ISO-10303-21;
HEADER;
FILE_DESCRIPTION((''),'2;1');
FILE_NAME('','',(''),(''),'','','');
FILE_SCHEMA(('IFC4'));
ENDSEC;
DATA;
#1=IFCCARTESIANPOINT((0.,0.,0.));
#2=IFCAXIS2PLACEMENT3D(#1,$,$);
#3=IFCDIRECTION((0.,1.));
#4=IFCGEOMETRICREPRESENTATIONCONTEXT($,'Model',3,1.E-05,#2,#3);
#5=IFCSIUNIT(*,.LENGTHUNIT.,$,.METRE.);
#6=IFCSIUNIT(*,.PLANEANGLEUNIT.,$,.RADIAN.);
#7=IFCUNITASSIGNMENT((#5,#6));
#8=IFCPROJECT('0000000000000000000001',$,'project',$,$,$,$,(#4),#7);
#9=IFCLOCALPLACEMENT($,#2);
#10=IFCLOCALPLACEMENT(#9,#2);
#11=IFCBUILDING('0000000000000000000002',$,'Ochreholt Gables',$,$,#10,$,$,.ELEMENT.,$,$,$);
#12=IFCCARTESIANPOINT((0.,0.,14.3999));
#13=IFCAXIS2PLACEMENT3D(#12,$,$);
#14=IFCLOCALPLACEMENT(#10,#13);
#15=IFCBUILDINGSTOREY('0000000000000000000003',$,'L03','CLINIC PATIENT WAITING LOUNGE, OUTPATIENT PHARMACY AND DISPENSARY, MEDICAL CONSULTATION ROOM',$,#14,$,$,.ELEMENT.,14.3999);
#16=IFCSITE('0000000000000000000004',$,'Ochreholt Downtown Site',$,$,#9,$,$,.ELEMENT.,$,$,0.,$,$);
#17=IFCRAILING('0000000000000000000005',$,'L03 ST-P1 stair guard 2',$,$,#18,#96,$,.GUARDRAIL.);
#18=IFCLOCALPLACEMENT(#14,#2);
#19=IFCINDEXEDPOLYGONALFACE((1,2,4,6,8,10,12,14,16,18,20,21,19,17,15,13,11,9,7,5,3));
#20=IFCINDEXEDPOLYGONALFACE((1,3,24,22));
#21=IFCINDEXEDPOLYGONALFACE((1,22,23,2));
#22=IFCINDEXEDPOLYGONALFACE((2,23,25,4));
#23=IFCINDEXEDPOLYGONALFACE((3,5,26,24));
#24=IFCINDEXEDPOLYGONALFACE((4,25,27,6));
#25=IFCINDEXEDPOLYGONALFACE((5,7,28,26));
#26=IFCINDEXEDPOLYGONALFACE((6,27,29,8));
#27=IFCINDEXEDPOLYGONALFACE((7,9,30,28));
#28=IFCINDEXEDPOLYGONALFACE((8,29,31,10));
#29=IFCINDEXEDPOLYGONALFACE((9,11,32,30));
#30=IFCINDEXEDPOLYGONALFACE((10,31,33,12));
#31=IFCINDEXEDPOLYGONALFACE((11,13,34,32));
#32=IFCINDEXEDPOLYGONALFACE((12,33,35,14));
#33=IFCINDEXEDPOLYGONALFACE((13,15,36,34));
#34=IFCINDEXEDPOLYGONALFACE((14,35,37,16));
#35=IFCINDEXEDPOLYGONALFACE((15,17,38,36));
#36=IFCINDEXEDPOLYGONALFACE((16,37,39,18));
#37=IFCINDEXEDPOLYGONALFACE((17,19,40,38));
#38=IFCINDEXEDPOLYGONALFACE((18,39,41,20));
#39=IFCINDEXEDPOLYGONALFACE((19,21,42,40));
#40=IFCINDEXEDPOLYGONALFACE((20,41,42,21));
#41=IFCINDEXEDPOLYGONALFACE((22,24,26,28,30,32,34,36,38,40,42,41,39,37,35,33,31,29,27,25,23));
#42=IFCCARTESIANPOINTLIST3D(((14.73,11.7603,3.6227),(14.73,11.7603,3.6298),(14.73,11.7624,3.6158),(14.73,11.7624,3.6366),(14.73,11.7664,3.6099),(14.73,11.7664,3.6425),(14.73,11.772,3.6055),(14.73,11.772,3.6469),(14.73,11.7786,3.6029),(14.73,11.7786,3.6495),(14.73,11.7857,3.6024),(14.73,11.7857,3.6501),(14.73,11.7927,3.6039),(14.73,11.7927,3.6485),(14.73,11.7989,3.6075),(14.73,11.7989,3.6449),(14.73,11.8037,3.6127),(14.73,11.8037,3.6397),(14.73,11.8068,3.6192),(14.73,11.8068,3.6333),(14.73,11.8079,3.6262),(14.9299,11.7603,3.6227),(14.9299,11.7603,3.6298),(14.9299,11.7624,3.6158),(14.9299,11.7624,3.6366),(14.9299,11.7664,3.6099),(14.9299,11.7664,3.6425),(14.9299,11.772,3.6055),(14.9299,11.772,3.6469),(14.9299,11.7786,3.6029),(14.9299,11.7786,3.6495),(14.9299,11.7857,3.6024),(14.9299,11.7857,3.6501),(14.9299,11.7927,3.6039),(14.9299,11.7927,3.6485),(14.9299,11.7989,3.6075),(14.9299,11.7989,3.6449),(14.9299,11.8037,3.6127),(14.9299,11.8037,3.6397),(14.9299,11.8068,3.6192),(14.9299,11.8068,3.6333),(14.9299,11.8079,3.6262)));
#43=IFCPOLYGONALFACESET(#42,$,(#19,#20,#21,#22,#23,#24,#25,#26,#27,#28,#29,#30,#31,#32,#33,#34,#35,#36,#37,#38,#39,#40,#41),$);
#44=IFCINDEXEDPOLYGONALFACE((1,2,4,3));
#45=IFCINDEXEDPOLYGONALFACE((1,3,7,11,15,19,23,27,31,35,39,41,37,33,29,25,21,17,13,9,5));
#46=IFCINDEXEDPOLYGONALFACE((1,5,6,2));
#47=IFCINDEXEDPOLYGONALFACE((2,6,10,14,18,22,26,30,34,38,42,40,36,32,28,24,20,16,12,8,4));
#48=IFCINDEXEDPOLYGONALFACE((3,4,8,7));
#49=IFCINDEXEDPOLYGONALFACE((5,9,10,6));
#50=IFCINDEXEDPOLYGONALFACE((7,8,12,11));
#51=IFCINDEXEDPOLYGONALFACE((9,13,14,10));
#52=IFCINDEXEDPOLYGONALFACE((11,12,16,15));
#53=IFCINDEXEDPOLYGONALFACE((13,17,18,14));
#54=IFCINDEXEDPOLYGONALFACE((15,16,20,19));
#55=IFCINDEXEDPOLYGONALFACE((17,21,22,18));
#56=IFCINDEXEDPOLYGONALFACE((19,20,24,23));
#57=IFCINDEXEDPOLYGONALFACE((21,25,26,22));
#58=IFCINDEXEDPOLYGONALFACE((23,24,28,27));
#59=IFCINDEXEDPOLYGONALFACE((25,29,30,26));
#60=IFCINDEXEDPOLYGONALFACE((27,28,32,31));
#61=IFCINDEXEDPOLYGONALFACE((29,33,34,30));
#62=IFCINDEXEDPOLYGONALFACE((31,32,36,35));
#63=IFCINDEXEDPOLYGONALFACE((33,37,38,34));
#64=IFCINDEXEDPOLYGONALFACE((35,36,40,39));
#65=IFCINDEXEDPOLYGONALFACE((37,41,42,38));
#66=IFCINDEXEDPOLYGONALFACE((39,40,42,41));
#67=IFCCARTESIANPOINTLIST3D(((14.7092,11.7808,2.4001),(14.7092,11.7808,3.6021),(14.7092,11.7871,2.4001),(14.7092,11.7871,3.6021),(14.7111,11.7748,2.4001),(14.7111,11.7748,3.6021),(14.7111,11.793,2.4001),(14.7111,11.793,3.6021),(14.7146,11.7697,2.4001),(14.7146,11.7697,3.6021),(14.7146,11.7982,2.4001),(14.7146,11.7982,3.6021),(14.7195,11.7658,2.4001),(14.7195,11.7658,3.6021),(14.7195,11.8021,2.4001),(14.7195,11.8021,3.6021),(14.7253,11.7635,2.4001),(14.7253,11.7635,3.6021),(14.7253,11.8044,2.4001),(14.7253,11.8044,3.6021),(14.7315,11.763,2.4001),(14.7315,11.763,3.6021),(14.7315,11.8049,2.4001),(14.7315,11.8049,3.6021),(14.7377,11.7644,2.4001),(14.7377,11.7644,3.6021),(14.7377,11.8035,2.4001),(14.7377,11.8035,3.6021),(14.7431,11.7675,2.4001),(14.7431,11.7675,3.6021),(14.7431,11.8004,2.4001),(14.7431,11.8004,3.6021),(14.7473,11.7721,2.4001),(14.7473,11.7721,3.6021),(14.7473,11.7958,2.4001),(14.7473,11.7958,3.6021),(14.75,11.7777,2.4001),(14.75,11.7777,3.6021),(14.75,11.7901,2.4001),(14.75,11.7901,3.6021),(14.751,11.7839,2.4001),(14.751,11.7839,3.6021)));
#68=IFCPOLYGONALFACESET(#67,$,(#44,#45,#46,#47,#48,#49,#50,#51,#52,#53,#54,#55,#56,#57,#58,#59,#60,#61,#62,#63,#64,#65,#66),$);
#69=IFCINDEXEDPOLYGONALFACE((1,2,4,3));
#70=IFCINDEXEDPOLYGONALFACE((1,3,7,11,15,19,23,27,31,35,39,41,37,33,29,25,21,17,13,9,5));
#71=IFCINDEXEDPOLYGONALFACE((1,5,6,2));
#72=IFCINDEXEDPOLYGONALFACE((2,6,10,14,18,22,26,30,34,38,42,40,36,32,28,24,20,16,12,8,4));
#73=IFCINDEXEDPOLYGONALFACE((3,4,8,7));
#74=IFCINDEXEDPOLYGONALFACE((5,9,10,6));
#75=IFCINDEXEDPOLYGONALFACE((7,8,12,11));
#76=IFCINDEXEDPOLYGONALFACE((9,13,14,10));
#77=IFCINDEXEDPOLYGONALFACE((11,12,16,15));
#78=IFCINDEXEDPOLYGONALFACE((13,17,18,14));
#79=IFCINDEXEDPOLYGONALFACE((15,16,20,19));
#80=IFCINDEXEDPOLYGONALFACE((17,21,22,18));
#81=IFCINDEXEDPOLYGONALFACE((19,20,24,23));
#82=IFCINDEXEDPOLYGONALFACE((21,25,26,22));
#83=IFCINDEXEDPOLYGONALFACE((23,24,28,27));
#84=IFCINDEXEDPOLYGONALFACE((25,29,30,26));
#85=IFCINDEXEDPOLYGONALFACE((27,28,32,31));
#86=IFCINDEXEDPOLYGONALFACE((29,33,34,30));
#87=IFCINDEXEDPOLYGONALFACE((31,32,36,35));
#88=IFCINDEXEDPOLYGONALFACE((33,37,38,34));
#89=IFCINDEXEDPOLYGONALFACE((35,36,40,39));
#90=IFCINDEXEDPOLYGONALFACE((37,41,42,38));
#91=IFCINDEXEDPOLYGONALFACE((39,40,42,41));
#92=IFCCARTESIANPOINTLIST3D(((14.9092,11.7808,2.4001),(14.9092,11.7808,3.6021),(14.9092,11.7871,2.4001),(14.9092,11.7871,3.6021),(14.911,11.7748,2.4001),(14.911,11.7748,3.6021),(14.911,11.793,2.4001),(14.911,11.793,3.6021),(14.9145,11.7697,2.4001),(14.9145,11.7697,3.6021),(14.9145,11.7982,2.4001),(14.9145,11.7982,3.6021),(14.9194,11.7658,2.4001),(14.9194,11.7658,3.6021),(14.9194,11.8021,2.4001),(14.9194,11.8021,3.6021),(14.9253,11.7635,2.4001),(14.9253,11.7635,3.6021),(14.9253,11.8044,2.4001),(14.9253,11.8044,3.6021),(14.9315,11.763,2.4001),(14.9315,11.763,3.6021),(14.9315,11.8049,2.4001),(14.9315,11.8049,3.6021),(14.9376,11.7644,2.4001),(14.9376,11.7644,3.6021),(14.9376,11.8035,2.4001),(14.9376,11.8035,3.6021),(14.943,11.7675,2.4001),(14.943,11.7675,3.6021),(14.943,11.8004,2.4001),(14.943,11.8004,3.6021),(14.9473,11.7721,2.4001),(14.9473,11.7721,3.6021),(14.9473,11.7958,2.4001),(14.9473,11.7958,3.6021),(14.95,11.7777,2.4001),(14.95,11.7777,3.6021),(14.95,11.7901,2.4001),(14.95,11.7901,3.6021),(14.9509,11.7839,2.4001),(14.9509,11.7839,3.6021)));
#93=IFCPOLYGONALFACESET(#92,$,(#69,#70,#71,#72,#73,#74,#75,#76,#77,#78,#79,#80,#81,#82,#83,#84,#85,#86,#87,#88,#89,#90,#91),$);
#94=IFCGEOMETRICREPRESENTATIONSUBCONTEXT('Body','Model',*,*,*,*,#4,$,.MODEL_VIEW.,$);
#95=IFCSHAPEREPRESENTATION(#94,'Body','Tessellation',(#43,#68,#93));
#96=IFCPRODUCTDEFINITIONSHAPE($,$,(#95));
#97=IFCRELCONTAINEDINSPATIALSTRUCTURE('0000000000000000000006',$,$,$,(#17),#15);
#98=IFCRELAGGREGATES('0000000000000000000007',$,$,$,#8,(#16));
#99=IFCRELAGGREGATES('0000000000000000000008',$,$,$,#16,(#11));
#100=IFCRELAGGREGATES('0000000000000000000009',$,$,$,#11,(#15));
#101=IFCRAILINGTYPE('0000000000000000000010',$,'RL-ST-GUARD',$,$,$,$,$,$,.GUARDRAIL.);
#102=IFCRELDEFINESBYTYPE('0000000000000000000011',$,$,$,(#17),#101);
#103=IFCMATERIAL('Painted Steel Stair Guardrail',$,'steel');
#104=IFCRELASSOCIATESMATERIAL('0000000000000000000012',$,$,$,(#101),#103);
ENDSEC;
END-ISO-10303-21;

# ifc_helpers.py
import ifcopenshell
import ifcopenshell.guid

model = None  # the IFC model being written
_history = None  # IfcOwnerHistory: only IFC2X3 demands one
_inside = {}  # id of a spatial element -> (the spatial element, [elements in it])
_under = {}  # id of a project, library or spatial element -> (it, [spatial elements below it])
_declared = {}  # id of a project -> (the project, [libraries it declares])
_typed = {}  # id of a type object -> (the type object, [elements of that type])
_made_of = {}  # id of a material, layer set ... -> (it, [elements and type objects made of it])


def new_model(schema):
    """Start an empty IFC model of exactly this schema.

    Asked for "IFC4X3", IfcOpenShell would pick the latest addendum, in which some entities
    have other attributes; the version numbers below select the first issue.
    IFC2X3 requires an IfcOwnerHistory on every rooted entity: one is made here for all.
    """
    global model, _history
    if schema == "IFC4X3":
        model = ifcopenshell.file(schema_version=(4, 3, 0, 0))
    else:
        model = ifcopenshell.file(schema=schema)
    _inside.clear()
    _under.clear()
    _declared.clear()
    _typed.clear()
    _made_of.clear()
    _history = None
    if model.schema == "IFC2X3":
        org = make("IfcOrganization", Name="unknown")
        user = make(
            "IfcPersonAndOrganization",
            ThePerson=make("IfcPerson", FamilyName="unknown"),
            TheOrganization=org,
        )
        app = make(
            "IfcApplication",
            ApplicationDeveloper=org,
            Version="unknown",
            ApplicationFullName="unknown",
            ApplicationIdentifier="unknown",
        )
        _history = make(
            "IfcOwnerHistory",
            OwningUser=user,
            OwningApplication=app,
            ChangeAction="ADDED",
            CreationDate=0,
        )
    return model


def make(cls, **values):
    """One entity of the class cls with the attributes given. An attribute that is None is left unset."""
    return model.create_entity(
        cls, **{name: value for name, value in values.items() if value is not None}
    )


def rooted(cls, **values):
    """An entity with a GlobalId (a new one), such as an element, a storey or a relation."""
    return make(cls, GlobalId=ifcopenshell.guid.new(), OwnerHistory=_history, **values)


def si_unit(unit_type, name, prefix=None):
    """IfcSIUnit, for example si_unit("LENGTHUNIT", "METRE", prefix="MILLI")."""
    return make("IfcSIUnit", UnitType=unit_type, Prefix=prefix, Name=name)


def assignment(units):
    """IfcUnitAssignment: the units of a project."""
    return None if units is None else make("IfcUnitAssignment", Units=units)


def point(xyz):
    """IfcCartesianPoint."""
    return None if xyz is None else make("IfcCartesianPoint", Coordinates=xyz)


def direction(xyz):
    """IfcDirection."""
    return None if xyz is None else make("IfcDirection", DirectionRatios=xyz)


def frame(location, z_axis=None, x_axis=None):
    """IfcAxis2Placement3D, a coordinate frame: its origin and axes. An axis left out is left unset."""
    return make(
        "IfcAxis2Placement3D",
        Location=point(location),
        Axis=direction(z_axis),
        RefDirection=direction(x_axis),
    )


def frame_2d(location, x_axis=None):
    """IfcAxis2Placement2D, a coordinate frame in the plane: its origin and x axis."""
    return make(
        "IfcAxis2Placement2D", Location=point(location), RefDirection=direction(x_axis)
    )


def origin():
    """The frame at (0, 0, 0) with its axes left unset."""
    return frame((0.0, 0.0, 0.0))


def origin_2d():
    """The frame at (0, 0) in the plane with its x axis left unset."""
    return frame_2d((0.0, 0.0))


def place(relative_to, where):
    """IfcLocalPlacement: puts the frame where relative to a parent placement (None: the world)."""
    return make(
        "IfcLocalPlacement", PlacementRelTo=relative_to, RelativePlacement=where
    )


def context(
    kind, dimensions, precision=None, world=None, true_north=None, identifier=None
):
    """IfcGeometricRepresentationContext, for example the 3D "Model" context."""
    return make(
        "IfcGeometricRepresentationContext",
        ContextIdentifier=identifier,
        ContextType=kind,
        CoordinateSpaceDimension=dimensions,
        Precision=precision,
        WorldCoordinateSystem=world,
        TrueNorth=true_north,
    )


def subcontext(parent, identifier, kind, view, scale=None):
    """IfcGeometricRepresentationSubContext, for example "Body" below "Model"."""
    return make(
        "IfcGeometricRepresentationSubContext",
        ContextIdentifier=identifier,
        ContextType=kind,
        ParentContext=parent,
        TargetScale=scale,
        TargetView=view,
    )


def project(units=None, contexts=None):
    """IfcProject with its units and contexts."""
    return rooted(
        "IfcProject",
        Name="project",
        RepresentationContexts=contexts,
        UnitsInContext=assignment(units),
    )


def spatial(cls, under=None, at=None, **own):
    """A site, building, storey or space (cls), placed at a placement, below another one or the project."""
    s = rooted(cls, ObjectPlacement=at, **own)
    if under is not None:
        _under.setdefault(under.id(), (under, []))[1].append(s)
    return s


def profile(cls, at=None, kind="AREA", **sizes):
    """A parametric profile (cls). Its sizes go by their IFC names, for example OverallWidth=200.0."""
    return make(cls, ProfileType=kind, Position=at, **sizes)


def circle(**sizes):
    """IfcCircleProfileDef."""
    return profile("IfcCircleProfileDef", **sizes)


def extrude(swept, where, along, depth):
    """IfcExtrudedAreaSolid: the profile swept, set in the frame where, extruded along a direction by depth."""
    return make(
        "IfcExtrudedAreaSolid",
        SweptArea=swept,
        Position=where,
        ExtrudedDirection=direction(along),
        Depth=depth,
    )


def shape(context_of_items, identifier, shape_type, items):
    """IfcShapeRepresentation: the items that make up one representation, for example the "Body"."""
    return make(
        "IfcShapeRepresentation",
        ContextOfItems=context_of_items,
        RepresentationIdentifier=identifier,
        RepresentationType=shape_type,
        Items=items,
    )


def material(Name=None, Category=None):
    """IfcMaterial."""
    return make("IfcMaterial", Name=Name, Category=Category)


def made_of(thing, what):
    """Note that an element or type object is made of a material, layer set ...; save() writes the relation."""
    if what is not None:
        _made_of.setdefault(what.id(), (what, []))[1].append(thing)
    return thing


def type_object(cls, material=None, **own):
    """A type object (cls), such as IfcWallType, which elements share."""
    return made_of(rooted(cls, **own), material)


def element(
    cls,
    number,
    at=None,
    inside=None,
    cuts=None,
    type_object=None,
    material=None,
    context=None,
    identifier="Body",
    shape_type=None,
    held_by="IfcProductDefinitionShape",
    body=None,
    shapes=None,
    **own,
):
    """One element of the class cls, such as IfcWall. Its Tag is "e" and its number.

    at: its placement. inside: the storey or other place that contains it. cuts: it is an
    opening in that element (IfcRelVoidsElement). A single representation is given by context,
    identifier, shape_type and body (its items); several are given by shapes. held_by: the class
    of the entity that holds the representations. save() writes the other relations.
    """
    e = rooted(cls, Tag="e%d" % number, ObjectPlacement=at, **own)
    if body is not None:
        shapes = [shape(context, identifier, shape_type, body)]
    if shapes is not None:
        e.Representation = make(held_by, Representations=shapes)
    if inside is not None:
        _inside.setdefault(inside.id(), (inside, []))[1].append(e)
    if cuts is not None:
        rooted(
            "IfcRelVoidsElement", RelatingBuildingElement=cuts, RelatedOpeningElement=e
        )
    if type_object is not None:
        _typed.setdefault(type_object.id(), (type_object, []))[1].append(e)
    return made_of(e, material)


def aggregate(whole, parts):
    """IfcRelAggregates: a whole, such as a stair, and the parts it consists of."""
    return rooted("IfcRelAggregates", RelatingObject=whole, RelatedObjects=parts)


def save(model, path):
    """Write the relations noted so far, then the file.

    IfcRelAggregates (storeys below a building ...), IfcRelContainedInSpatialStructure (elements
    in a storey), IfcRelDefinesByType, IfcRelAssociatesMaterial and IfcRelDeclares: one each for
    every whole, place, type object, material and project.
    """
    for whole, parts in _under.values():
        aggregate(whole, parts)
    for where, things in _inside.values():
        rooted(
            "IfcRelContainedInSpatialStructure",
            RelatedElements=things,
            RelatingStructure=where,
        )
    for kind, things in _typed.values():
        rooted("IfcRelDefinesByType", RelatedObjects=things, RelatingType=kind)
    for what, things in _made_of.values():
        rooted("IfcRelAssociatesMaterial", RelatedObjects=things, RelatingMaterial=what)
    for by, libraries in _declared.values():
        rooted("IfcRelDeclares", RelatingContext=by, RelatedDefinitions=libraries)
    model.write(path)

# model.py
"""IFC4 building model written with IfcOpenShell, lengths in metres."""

from ifc_helpers import new_model, si_unit, direction, frame, origin, origin_2d, place, context, subcontext, project, spatial, circle, extrude, material, type_object, element, save


model = new_model("IFC4")

# Units and contexts
model_context = context("Model", 3, precision=1e-05, world=origin(), true_north=direction((0.0, 1.0)))
body_context = subcontext(model_context, "Body", "Model", "MODEL_VIEW")
ifc_project = project(units=[si_unit("LENGTHUNIT", "METRE"), si_unit("PLANEANGLEUNIT", "RADIAN")], contexts=[model_context])

# Site, building, storey
site_placement = place(None, origin())
site = spatial("IfcSite", under=ifc_project, at=site_placement, Name="Ochreholt Downtown Site", CompositionType="ELEMENT", RefElevation=0.0)
building_placement = place(site_placement, origin())
building = spatial("IfcBuilding", under=site, at=building_placement, Name="Ochreholt Gables", CompositionType="ELEMENT")
storey_placement = place(building_placement, frame((0.0, 0.0, 14.3999)))
storey = spatial("IfcBuildingStorey", under=building, at=storey_placement, Name="L03", Description="CLINIC PATIENT WAITING LOUNGE, OUTPATIENT PHARMACY AND DISPENSARY, MEDICAL CONSULTATION ROOM", CompositionType="ELEMENT", Elevation=14.3999)

# Railing
ifc_material_1 = material(Name="Painted Steel Stair Guardrail", Category="steel")
railing_type_1 = type_object("IfcRailingType", Name="RL-ST-GUARD", PredefinedType="GUARDRAIL", material=ifc_material_1)
railing_1_placement = place(storey_placement, frame((14.73, 11.7839, 2.4001)))
element("IfcRailing", 1, at=railing_1_placement, inside=storey, type_object=railing_type_1, Name="L03 ST-P1 stair guard 2", PredefinedType="GUARDRAIL", context=body_context, shape_type="SweptSolid", body=[
    extrude(circle(Radius=0.0239, at=origin_2d()), frame((0.0, 0.0, 1.2261), z_axis=(1.0, 0.0, 0.0), x_axis=(0.0, 1.0, 0.0)), (0.0, 0.0, 1.0), 0.2),
    extrude(circle(Radius=0.021, at=origin_2d()), origin(), (0.0, 0.0, 1.0), 1.2019),
    extrude(circle(Radius=0.021, at=origin_2d()), frame((0.2, 0.0, 0.0)), (0.0, 0.0, 1.0), 1.2019),
])

save(model, "model.ifc")
